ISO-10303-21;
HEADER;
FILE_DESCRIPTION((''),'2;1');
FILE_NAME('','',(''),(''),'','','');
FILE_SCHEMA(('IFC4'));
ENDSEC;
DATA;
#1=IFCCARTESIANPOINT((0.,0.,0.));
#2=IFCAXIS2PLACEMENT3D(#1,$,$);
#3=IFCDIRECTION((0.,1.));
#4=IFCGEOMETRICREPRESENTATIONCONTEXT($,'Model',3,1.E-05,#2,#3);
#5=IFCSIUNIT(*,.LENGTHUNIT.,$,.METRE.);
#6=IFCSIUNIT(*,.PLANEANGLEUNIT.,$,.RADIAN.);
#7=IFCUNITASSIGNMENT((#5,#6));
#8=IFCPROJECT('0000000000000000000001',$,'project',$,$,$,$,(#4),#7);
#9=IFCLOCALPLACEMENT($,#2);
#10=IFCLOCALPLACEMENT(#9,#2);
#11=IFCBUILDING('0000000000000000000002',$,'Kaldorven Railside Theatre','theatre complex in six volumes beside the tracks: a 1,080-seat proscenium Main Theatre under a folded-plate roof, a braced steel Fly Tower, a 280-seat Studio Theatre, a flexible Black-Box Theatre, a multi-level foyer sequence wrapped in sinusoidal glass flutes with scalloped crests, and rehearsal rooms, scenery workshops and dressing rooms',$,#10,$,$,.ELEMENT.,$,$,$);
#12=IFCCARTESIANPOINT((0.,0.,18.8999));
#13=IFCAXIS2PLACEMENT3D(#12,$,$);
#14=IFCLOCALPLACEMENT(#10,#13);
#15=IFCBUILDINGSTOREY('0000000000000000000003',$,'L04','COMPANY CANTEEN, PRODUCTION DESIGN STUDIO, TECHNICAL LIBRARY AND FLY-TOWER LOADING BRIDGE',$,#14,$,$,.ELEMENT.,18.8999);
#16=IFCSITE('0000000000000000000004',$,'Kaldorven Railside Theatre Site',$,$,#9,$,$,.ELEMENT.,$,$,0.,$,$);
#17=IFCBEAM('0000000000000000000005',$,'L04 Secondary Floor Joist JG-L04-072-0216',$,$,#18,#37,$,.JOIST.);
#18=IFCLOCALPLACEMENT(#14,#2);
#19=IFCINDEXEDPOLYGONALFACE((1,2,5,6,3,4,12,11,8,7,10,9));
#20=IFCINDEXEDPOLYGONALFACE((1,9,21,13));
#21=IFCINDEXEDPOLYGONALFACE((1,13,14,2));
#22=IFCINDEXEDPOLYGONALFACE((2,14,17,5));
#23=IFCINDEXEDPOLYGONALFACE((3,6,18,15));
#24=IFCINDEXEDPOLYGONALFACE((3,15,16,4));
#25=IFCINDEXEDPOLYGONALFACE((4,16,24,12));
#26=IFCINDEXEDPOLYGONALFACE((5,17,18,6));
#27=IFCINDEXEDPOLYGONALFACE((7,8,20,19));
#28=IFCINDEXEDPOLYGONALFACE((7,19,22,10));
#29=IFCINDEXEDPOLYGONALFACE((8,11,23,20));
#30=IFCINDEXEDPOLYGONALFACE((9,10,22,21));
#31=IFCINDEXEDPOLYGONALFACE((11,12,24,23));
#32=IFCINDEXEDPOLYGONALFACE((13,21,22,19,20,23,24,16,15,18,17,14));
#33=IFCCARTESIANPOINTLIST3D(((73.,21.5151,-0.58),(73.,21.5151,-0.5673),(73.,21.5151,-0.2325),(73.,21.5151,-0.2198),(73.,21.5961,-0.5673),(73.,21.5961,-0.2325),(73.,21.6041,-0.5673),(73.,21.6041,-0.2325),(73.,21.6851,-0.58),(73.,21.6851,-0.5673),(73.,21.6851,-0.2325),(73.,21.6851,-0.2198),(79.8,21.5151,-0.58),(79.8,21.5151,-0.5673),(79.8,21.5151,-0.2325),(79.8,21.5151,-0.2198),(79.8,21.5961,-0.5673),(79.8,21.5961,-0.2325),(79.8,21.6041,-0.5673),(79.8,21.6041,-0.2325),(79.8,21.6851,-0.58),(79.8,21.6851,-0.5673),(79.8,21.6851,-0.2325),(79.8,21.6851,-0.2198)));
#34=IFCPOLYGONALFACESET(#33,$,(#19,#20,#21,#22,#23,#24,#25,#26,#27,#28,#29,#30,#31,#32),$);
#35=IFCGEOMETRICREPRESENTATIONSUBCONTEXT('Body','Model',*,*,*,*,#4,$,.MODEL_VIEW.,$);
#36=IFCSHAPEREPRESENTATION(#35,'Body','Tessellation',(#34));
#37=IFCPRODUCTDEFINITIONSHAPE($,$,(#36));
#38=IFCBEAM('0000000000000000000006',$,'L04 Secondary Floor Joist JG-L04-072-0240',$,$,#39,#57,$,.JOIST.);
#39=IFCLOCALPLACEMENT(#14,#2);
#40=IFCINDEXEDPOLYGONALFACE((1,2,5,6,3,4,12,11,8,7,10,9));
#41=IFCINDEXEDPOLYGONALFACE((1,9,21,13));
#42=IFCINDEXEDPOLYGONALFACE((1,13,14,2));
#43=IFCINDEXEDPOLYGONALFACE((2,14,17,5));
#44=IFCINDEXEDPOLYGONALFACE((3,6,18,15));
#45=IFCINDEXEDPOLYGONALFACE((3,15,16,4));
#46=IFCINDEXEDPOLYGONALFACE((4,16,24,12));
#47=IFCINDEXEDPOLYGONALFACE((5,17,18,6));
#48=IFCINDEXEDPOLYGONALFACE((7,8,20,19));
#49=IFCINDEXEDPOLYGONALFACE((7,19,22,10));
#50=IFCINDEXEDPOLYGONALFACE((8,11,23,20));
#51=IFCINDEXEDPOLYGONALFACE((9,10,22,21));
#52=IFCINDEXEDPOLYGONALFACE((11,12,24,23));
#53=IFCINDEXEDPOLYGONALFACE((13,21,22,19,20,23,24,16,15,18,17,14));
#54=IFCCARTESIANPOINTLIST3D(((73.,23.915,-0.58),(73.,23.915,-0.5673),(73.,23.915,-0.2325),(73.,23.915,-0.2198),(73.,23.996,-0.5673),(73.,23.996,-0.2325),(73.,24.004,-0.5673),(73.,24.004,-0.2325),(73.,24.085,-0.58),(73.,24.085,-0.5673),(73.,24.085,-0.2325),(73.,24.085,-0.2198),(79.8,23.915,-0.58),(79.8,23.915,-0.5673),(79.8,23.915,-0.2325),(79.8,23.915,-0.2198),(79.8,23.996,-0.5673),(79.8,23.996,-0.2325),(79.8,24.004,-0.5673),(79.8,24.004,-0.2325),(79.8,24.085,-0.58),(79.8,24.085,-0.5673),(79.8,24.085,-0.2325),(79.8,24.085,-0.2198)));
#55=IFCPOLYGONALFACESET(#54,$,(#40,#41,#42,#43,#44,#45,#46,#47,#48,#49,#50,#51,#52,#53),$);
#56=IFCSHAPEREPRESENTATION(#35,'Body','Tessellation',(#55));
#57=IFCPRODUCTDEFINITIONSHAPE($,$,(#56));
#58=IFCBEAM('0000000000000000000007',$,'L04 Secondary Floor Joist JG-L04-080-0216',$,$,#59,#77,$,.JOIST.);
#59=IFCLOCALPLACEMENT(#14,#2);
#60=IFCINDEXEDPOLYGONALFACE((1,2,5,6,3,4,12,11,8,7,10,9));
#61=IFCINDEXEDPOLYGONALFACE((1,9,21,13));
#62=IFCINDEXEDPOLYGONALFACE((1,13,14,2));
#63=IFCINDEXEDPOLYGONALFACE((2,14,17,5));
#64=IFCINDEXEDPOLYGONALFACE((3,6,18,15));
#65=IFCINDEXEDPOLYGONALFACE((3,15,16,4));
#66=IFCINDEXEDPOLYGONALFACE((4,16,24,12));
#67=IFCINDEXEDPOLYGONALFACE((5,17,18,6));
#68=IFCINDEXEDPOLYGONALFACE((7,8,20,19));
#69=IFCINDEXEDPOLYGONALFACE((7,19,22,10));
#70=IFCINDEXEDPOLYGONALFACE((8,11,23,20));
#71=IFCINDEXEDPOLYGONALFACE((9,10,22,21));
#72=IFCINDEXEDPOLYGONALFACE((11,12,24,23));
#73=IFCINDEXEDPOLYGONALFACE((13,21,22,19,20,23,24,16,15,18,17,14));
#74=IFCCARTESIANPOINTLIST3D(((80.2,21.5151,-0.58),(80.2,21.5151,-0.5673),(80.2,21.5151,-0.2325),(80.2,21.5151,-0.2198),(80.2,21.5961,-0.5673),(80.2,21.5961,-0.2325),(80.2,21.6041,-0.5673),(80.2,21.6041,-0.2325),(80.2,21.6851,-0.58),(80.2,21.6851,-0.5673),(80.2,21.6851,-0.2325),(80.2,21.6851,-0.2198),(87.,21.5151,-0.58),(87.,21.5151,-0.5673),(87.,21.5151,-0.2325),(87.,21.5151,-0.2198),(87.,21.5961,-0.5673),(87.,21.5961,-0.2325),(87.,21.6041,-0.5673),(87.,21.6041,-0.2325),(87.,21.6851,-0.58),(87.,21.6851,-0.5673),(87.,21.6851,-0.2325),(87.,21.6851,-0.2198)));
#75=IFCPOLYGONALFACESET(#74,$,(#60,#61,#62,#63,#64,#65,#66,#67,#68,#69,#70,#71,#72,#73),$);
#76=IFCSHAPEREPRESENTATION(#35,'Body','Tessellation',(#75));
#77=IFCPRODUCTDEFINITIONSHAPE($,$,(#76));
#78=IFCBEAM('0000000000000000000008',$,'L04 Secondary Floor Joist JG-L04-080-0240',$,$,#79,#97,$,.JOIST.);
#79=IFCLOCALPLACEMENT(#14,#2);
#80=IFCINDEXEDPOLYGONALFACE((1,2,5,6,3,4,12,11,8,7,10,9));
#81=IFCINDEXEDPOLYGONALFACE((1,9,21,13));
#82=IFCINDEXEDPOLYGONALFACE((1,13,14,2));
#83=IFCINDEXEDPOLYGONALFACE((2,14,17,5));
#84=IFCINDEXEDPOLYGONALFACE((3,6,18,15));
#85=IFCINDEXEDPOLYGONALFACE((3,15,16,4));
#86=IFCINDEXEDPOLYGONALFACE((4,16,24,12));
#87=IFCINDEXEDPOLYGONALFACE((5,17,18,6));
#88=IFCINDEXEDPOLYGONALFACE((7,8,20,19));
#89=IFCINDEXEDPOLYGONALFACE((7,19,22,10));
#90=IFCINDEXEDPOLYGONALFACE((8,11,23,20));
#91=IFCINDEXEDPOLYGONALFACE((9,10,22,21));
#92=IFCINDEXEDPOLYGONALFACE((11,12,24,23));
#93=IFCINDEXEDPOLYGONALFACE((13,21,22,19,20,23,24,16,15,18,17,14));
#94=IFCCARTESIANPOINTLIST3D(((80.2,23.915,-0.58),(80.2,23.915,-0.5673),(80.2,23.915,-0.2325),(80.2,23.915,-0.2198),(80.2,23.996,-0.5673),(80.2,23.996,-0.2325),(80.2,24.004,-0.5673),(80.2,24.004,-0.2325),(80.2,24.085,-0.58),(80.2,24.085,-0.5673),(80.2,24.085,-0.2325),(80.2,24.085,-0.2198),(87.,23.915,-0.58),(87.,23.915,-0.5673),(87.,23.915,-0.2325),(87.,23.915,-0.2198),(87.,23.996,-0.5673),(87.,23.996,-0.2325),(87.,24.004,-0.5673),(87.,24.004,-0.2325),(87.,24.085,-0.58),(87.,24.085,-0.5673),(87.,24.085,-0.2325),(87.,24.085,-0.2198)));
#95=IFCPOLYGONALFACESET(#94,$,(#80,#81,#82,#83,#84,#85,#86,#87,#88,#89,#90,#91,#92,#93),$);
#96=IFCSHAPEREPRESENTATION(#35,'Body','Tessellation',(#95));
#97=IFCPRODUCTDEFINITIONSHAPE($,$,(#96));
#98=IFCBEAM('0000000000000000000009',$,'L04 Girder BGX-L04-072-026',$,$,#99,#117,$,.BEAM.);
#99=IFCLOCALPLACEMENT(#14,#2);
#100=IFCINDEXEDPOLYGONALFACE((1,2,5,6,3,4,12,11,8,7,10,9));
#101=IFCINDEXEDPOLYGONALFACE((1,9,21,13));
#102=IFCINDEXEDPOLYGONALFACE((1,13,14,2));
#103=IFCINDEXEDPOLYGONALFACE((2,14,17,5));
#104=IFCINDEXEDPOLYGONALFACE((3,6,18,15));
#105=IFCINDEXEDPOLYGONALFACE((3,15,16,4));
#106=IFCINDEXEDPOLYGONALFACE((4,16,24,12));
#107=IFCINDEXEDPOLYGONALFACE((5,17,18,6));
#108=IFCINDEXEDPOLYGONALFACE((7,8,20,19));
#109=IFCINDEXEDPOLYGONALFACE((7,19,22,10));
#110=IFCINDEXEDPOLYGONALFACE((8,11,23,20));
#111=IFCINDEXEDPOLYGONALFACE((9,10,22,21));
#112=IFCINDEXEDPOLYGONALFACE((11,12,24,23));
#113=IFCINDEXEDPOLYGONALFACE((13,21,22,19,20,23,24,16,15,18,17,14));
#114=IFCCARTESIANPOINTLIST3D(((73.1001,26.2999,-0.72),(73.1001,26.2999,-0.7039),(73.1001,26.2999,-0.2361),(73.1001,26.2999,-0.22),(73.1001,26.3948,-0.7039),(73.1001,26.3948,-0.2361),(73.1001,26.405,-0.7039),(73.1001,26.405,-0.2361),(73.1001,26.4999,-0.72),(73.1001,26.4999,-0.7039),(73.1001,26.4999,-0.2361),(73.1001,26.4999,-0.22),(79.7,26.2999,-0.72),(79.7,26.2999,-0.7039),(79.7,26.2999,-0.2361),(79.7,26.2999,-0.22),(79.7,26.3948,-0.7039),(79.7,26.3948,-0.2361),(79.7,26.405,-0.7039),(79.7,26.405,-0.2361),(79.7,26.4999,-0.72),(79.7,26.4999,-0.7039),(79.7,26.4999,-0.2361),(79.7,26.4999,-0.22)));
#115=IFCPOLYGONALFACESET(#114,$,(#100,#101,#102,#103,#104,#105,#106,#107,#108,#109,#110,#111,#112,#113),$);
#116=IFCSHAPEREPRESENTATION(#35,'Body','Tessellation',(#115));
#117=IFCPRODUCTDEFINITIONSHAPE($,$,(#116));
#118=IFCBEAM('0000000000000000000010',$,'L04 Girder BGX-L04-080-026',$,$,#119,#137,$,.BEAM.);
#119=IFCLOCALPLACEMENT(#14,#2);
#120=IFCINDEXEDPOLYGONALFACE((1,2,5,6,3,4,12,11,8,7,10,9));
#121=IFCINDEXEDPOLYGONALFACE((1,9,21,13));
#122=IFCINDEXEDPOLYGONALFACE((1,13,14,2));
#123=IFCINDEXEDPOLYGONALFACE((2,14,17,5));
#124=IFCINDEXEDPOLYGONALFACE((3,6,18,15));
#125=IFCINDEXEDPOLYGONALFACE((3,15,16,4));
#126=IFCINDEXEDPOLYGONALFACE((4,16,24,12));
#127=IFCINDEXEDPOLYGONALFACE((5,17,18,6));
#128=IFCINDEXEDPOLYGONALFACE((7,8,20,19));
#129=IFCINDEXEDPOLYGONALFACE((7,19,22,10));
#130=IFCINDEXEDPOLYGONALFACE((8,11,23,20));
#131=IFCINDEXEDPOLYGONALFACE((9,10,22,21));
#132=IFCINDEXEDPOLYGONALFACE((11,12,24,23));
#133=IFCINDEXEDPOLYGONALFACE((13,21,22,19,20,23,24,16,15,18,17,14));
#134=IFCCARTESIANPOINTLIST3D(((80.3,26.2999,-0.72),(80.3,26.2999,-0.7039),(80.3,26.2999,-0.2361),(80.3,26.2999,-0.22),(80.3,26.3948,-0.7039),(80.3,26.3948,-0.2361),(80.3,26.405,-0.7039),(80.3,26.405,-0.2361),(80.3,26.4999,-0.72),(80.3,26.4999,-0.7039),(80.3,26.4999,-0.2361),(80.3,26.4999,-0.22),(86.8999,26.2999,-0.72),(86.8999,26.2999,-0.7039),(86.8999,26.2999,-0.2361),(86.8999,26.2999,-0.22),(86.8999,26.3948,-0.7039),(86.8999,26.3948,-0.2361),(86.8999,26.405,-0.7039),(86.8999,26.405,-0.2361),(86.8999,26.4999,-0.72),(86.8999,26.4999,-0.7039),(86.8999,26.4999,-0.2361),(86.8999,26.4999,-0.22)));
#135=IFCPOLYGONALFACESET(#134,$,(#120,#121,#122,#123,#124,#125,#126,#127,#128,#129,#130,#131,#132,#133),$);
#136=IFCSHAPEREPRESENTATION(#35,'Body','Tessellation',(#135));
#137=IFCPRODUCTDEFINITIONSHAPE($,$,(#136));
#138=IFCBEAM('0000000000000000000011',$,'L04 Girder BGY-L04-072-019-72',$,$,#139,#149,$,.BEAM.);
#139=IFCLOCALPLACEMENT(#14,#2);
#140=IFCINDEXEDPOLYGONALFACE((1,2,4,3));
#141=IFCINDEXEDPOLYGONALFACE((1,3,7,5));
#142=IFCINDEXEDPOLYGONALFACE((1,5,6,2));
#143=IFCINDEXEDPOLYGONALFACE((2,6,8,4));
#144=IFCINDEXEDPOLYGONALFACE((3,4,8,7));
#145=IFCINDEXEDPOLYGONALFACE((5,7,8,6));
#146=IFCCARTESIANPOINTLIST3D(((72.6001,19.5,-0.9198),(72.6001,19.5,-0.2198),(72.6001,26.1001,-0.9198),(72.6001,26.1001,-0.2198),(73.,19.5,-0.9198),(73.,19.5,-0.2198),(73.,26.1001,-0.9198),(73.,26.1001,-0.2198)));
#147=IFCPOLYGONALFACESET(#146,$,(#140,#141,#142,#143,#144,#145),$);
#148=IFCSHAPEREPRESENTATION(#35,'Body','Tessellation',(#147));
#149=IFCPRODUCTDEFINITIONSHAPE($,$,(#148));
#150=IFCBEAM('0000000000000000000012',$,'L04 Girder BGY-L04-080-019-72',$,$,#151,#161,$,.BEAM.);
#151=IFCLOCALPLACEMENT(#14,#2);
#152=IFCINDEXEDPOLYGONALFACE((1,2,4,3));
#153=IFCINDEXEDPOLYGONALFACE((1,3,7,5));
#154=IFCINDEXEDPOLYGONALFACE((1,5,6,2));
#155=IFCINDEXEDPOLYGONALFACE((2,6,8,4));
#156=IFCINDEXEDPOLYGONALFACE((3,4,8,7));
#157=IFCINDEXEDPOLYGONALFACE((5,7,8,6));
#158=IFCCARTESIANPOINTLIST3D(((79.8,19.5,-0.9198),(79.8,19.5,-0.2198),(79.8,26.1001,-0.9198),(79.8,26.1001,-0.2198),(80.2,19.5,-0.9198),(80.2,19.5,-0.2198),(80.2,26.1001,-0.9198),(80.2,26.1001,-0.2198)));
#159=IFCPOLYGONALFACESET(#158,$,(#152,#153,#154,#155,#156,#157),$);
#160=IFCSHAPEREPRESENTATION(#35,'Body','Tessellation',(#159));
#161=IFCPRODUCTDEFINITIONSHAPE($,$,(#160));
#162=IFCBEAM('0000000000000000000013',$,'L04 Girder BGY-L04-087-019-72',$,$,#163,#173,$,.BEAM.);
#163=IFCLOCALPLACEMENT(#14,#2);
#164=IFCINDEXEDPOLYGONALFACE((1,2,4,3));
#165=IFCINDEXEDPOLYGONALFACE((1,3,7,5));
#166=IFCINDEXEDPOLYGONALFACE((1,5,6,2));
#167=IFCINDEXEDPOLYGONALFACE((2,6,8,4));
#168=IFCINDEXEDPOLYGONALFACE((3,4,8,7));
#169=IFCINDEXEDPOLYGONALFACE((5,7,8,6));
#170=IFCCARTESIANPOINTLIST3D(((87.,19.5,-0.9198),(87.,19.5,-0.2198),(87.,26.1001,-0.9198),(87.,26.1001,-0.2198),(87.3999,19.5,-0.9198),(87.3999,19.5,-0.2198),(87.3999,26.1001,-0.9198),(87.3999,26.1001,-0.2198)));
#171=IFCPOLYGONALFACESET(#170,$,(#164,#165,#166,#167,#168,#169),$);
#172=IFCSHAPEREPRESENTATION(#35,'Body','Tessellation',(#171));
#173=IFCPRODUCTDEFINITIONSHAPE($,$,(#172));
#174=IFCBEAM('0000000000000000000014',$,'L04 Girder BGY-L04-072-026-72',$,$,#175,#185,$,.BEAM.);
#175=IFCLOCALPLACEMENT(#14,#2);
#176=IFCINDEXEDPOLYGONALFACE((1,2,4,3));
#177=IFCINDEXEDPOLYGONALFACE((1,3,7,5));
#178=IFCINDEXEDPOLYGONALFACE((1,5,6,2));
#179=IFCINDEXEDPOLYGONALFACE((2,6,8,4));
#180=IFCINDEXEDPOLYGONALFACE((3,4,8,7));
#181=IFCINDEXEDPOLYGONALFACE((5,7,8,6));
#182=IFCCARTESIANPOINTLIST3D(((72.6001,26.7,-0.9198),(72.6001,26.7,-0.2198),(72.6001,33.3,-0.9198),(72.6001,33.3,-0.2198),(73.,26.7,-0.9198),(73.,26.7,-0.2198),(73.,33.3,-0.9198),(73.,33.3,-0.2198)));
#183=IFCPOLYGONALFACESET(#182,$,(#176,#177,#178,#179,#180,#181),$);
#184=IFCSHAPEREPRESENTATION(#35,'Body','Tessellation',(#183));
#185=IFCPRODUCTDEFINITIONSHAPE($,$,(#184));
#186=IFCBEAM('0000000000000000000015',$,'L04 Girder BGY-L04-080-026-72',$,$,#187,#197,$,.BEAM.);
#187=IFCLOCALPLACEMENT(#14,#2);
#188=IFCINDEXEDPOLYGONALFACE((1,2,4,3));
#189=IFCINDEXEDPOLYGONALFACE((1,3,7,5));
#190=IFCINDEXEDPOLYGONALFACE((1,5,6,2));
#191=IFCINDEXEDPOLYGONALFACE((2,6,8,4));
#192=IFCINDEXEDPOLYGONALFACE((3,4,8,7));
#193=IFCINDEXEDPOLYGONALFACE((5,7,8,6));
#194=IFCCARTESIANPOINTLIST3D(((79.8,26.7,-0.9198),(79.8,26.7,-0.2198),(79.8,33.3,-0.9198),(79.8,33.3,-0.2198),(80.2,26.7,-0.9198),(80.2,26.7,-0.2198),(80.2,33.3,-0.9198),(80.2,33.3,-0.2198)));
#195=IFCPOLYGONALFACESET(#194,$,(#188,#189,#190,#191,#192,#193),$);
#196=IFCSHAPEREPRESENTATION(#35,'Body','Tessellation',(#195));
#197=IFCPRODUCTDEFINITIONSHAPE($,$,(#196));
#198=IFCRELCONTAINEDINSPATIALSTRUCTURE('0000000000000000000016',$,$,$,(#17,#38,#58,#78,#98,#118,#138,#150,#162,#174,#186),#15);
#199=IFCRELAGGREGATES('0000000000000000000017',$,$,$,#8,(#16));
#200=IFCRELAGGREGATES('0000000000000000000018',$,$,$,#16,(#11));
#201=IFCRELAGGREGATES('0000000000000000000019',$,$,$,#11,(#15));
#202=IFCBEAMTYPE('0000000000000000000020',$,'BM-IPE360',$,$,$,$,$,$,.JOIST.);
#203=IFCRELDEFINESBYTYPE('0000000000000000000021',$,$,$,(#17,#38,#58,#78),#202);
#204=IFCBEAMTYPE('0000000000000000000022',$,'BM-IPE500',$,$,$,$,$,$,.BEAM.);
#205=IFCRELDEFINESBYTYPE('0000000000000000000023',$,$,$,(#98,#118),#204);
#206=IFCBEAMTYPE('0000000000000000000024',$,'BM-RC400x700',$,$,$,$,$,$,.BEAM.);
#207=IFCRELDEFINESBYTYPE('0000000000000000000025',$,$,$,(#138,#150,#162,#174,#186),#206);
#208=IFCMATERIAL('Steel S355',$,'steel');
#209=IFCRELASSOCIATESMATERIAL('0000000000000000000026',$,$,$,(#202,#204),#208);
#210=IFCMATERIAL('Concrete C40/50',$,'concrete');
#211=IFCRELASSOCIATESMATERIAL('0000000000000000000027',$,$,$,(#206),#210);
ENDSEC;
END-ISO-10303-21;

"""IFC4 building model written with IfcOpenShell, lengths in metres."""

from ifc_helpers import new_model, si_unit, direction, frame, origin, origin_2d, place, context, subcontext, project, spatial, rectangle, i_section, extrude, material, material_profile, profile_set, type_object, element, save


model = new_model("IFC4")

# Units and contexts
model_context = context("Model", 3, precision=1e-05, world=origin(), true_north=direction((0.0, 1.0)))
body_context = subcontext(model_context, "Body", "Model", "MODEL_VIEW")
ifc_project = project(units=[si_unit("LENGTHUNIT", "METRE"), si_unit("PLANEANGLEUNIT", "RADIAN")], contexts=[model_context])

# Site, building, storey
site_placement = place(None, origin())
site = spatial("IfcSite", under=ifc_project, at=site_placement, Name="Kaldorven Railside Theatre Site", CompositionType="ELEMENT", RefElevation=0.0)
building_placement = place(site_placement, origin())
building = spatial("IfcBuilding", under=site, at=building_placement, Name="Kaldorven Railside Theatre", Description="theatre complex in six volumes beside the tracks: a 1,080-seat proscenium Main Theatre under a folded-plate roof, a braced steel Fly Tower, a 280-seat Studio Theatre, a flexible Black-Box Theatre, a multi-level foyer sequence wrapped in sinusoidal glass flutes with scalloped crests, and rehearsal rooms, scenery workshops and dressing rooms", CompositionType="ELEMENT")
storey_placement = place(building_placement, frame((0.0, 0.0, 18.8999)))
storey = spatial("IfcBuildingStorey", under=building, at=storey_placement, Name="L04", Description="COMPANY CANTEEN, PRODUCTION DESIGN STUDIO, TECHNICAL LIBRARY AND FLY-TOWER LOADING BRIDGE", CompositionType="ELEMENT", Elevation=18.8999)

# Beams
ifc_material_1 = material(Name="Steel S355", Category="steel")
ifc_material_profile_1 = material_profile(ifc_material_1, i_section(OverallWidth=0.1699, OverallDepth=0.3601, WebThickness=0.0081, FlangeThickness=0.0127, at=origin_2d()), Name="IPE 360")
ifc_profile_set_1 = profile_set([ifc_material_profile_1], Name="Steel S355")
beam_type_1 = type_object("IfcBeamType", Name="BM-IPE360", PredefinedType="JOIST", material=ifc_profile_set_1)
for number, where, z_axis, x_axis, name in (
    (1, (73.0, 21.6001, -0.3999), (1.0, 0.0, 0.0), (0.0, 1.0, 0.0), "L04 Secondary Floor Joist JG-L04-072-0216"),
    (2, (73.0, 24.0, -0.3999), (1.0, 0.0, 0.0), (0.0, 1.0, 0.0), "L04 Secondary Floor Joist JG-L04-072-0240"),
    (3, (80.2, 21.6001, -0.3999), (1.0, 0.0, 0.0), (0.0, 1.0, 0.0), "L04 Secondary Floor Joist JG-L04-080-0216"),
    (4, (80.2, 24.0, -0.3999), (1.0, 0.0, 0.0), (0.0, 1.0, 0.0), "L04 Secondary Floor Joist JG-L04-080-0240"),
):
    element("IfcBeam", number, at=place(storey_placement, frame(where, z_axis=z_axis, x_axis=x_axis)), inside=storey, type_object=beam_type_1, Name=name, PredefinedType="JOIST", context=body_context, shape_type="SweptSolid", body=[
        extrude(i_section(OverallWidth=0.1699, OverallDepth=0.3601, WebThickness=0.0081, FlangeThickness=0.0127, at=origin_2d()), origin(), (0.0, 0.0, 1.0), 6.8),
    ])
ifc_material_profile_2 = material_profile(ifc_material_1, i_section(OverallWidth=0.2, OverallDepth=0.5, WebThickness=0.0103, FlangeThickness=0.0161, at=origin_2d()), Name="IPE 500")
ifc_profile_set_2 = profile_set([ifc_material_profile_2], Name="Steel S355")
beam_type_2 = type_object("IfcBeamType", Name="BM-IPE500", PredefinedType="BEAM", material=ifc_profile_set_2)
for number, where, z_axis, x_axis, name in (
    (5, (73.1001, 26.3999, -0.47), (1.0, 0.0, 0.0), (0.0, 1.0, 0.0), "L04 Girder BGX-L04-072-026"),
    (6, (80.3, 26.3999, -0.47), (1.0, 0.0, 0.0), (0.0, 1.0, 0.0), "L04 Girder BGX-L04-080-026"),
):
    element("IfcBeam", number, at=place(storey_placement, frame(where, z_axis=z_axis, x_axis=x_axis)), inside=storey, type_object=beam_type_2, Name=name, PredefinedType="BEAM", context=body_context, shape_type="SweptSolid", body=[
        extrude(i_section(OverallWidth=0.2, OverallDepth=0.5, WebThickness=0.0103, FlangeThickness=0.0161, at=origin_2d()), origin(), (0.0, 0.0, 1.0), 6.5999),
    ])
ifc_material_2 = material(Name="Concrete C40/50", Category="concrete")
ifc_material_profile_3 = material_profile(ifc_material_2, rectangle(XDim=0.3999, YDim=0.7, at=origin_2d()), Name="RC 400x700")
ifc_profile_set_3 = profile_set([ifc_material_profile_3], Name="Concrete C40/50")
beam_type_3 = type_object("IfcBeamType", Name="BM-RC400x700", PredefinedType="BEAM", material=ifc_profile_set_3)
for number, where, z_axis, x_axis, name in (
    (7, (72.8, 19.5, -0.5698), (0.0, 1.0, 0.0), (-1.0, 0.0, 0.0), "L04 Girder BGY-L04-072-019-72"),
    (8, (80.0, 19.5, -0.5698), (0.0, 1.0, 0.0), (-1.0, 0.0, 0.0), "L04 Girder BGY-L04-080-019-72"),
    (9, (87.2, 19.5, -0.5698), (0.0, 1.0, 0.0), (-1.0, 0.0, 0.0), "L04 Girder BGY-L04-087-019-72"),
    (10, (72.8, 26.7, -0.5698), (0.0, 1.0, 0.0), (-1.0, 0.0, 0.0), "L04 Girder BGY-L04-072-026-72"),
    (11, (80.0, 26.7, -0.5698), (0.0, 1.0, 0.0), (-1.0, 0.0, 0.0), "L04 Girder BGY-L04-080-026-72"),
):
    element("IfcBeam", number, at=place(storey_placement, frame(where, z_axis=z_axis, x_axis=x_axis)), inside=storey, type_object=beam_type_3, Name=name, PredefinedType="BEAM", context=body_context, shape_type="SweptSolid", body=[
        extrude(rectangle(XDim=0.3999, YDim=0.7, at=origin_2d()), origin(), (0.0, 0.0, 1.0), 6.6001),
    ])

save(model, "model.ifc")
